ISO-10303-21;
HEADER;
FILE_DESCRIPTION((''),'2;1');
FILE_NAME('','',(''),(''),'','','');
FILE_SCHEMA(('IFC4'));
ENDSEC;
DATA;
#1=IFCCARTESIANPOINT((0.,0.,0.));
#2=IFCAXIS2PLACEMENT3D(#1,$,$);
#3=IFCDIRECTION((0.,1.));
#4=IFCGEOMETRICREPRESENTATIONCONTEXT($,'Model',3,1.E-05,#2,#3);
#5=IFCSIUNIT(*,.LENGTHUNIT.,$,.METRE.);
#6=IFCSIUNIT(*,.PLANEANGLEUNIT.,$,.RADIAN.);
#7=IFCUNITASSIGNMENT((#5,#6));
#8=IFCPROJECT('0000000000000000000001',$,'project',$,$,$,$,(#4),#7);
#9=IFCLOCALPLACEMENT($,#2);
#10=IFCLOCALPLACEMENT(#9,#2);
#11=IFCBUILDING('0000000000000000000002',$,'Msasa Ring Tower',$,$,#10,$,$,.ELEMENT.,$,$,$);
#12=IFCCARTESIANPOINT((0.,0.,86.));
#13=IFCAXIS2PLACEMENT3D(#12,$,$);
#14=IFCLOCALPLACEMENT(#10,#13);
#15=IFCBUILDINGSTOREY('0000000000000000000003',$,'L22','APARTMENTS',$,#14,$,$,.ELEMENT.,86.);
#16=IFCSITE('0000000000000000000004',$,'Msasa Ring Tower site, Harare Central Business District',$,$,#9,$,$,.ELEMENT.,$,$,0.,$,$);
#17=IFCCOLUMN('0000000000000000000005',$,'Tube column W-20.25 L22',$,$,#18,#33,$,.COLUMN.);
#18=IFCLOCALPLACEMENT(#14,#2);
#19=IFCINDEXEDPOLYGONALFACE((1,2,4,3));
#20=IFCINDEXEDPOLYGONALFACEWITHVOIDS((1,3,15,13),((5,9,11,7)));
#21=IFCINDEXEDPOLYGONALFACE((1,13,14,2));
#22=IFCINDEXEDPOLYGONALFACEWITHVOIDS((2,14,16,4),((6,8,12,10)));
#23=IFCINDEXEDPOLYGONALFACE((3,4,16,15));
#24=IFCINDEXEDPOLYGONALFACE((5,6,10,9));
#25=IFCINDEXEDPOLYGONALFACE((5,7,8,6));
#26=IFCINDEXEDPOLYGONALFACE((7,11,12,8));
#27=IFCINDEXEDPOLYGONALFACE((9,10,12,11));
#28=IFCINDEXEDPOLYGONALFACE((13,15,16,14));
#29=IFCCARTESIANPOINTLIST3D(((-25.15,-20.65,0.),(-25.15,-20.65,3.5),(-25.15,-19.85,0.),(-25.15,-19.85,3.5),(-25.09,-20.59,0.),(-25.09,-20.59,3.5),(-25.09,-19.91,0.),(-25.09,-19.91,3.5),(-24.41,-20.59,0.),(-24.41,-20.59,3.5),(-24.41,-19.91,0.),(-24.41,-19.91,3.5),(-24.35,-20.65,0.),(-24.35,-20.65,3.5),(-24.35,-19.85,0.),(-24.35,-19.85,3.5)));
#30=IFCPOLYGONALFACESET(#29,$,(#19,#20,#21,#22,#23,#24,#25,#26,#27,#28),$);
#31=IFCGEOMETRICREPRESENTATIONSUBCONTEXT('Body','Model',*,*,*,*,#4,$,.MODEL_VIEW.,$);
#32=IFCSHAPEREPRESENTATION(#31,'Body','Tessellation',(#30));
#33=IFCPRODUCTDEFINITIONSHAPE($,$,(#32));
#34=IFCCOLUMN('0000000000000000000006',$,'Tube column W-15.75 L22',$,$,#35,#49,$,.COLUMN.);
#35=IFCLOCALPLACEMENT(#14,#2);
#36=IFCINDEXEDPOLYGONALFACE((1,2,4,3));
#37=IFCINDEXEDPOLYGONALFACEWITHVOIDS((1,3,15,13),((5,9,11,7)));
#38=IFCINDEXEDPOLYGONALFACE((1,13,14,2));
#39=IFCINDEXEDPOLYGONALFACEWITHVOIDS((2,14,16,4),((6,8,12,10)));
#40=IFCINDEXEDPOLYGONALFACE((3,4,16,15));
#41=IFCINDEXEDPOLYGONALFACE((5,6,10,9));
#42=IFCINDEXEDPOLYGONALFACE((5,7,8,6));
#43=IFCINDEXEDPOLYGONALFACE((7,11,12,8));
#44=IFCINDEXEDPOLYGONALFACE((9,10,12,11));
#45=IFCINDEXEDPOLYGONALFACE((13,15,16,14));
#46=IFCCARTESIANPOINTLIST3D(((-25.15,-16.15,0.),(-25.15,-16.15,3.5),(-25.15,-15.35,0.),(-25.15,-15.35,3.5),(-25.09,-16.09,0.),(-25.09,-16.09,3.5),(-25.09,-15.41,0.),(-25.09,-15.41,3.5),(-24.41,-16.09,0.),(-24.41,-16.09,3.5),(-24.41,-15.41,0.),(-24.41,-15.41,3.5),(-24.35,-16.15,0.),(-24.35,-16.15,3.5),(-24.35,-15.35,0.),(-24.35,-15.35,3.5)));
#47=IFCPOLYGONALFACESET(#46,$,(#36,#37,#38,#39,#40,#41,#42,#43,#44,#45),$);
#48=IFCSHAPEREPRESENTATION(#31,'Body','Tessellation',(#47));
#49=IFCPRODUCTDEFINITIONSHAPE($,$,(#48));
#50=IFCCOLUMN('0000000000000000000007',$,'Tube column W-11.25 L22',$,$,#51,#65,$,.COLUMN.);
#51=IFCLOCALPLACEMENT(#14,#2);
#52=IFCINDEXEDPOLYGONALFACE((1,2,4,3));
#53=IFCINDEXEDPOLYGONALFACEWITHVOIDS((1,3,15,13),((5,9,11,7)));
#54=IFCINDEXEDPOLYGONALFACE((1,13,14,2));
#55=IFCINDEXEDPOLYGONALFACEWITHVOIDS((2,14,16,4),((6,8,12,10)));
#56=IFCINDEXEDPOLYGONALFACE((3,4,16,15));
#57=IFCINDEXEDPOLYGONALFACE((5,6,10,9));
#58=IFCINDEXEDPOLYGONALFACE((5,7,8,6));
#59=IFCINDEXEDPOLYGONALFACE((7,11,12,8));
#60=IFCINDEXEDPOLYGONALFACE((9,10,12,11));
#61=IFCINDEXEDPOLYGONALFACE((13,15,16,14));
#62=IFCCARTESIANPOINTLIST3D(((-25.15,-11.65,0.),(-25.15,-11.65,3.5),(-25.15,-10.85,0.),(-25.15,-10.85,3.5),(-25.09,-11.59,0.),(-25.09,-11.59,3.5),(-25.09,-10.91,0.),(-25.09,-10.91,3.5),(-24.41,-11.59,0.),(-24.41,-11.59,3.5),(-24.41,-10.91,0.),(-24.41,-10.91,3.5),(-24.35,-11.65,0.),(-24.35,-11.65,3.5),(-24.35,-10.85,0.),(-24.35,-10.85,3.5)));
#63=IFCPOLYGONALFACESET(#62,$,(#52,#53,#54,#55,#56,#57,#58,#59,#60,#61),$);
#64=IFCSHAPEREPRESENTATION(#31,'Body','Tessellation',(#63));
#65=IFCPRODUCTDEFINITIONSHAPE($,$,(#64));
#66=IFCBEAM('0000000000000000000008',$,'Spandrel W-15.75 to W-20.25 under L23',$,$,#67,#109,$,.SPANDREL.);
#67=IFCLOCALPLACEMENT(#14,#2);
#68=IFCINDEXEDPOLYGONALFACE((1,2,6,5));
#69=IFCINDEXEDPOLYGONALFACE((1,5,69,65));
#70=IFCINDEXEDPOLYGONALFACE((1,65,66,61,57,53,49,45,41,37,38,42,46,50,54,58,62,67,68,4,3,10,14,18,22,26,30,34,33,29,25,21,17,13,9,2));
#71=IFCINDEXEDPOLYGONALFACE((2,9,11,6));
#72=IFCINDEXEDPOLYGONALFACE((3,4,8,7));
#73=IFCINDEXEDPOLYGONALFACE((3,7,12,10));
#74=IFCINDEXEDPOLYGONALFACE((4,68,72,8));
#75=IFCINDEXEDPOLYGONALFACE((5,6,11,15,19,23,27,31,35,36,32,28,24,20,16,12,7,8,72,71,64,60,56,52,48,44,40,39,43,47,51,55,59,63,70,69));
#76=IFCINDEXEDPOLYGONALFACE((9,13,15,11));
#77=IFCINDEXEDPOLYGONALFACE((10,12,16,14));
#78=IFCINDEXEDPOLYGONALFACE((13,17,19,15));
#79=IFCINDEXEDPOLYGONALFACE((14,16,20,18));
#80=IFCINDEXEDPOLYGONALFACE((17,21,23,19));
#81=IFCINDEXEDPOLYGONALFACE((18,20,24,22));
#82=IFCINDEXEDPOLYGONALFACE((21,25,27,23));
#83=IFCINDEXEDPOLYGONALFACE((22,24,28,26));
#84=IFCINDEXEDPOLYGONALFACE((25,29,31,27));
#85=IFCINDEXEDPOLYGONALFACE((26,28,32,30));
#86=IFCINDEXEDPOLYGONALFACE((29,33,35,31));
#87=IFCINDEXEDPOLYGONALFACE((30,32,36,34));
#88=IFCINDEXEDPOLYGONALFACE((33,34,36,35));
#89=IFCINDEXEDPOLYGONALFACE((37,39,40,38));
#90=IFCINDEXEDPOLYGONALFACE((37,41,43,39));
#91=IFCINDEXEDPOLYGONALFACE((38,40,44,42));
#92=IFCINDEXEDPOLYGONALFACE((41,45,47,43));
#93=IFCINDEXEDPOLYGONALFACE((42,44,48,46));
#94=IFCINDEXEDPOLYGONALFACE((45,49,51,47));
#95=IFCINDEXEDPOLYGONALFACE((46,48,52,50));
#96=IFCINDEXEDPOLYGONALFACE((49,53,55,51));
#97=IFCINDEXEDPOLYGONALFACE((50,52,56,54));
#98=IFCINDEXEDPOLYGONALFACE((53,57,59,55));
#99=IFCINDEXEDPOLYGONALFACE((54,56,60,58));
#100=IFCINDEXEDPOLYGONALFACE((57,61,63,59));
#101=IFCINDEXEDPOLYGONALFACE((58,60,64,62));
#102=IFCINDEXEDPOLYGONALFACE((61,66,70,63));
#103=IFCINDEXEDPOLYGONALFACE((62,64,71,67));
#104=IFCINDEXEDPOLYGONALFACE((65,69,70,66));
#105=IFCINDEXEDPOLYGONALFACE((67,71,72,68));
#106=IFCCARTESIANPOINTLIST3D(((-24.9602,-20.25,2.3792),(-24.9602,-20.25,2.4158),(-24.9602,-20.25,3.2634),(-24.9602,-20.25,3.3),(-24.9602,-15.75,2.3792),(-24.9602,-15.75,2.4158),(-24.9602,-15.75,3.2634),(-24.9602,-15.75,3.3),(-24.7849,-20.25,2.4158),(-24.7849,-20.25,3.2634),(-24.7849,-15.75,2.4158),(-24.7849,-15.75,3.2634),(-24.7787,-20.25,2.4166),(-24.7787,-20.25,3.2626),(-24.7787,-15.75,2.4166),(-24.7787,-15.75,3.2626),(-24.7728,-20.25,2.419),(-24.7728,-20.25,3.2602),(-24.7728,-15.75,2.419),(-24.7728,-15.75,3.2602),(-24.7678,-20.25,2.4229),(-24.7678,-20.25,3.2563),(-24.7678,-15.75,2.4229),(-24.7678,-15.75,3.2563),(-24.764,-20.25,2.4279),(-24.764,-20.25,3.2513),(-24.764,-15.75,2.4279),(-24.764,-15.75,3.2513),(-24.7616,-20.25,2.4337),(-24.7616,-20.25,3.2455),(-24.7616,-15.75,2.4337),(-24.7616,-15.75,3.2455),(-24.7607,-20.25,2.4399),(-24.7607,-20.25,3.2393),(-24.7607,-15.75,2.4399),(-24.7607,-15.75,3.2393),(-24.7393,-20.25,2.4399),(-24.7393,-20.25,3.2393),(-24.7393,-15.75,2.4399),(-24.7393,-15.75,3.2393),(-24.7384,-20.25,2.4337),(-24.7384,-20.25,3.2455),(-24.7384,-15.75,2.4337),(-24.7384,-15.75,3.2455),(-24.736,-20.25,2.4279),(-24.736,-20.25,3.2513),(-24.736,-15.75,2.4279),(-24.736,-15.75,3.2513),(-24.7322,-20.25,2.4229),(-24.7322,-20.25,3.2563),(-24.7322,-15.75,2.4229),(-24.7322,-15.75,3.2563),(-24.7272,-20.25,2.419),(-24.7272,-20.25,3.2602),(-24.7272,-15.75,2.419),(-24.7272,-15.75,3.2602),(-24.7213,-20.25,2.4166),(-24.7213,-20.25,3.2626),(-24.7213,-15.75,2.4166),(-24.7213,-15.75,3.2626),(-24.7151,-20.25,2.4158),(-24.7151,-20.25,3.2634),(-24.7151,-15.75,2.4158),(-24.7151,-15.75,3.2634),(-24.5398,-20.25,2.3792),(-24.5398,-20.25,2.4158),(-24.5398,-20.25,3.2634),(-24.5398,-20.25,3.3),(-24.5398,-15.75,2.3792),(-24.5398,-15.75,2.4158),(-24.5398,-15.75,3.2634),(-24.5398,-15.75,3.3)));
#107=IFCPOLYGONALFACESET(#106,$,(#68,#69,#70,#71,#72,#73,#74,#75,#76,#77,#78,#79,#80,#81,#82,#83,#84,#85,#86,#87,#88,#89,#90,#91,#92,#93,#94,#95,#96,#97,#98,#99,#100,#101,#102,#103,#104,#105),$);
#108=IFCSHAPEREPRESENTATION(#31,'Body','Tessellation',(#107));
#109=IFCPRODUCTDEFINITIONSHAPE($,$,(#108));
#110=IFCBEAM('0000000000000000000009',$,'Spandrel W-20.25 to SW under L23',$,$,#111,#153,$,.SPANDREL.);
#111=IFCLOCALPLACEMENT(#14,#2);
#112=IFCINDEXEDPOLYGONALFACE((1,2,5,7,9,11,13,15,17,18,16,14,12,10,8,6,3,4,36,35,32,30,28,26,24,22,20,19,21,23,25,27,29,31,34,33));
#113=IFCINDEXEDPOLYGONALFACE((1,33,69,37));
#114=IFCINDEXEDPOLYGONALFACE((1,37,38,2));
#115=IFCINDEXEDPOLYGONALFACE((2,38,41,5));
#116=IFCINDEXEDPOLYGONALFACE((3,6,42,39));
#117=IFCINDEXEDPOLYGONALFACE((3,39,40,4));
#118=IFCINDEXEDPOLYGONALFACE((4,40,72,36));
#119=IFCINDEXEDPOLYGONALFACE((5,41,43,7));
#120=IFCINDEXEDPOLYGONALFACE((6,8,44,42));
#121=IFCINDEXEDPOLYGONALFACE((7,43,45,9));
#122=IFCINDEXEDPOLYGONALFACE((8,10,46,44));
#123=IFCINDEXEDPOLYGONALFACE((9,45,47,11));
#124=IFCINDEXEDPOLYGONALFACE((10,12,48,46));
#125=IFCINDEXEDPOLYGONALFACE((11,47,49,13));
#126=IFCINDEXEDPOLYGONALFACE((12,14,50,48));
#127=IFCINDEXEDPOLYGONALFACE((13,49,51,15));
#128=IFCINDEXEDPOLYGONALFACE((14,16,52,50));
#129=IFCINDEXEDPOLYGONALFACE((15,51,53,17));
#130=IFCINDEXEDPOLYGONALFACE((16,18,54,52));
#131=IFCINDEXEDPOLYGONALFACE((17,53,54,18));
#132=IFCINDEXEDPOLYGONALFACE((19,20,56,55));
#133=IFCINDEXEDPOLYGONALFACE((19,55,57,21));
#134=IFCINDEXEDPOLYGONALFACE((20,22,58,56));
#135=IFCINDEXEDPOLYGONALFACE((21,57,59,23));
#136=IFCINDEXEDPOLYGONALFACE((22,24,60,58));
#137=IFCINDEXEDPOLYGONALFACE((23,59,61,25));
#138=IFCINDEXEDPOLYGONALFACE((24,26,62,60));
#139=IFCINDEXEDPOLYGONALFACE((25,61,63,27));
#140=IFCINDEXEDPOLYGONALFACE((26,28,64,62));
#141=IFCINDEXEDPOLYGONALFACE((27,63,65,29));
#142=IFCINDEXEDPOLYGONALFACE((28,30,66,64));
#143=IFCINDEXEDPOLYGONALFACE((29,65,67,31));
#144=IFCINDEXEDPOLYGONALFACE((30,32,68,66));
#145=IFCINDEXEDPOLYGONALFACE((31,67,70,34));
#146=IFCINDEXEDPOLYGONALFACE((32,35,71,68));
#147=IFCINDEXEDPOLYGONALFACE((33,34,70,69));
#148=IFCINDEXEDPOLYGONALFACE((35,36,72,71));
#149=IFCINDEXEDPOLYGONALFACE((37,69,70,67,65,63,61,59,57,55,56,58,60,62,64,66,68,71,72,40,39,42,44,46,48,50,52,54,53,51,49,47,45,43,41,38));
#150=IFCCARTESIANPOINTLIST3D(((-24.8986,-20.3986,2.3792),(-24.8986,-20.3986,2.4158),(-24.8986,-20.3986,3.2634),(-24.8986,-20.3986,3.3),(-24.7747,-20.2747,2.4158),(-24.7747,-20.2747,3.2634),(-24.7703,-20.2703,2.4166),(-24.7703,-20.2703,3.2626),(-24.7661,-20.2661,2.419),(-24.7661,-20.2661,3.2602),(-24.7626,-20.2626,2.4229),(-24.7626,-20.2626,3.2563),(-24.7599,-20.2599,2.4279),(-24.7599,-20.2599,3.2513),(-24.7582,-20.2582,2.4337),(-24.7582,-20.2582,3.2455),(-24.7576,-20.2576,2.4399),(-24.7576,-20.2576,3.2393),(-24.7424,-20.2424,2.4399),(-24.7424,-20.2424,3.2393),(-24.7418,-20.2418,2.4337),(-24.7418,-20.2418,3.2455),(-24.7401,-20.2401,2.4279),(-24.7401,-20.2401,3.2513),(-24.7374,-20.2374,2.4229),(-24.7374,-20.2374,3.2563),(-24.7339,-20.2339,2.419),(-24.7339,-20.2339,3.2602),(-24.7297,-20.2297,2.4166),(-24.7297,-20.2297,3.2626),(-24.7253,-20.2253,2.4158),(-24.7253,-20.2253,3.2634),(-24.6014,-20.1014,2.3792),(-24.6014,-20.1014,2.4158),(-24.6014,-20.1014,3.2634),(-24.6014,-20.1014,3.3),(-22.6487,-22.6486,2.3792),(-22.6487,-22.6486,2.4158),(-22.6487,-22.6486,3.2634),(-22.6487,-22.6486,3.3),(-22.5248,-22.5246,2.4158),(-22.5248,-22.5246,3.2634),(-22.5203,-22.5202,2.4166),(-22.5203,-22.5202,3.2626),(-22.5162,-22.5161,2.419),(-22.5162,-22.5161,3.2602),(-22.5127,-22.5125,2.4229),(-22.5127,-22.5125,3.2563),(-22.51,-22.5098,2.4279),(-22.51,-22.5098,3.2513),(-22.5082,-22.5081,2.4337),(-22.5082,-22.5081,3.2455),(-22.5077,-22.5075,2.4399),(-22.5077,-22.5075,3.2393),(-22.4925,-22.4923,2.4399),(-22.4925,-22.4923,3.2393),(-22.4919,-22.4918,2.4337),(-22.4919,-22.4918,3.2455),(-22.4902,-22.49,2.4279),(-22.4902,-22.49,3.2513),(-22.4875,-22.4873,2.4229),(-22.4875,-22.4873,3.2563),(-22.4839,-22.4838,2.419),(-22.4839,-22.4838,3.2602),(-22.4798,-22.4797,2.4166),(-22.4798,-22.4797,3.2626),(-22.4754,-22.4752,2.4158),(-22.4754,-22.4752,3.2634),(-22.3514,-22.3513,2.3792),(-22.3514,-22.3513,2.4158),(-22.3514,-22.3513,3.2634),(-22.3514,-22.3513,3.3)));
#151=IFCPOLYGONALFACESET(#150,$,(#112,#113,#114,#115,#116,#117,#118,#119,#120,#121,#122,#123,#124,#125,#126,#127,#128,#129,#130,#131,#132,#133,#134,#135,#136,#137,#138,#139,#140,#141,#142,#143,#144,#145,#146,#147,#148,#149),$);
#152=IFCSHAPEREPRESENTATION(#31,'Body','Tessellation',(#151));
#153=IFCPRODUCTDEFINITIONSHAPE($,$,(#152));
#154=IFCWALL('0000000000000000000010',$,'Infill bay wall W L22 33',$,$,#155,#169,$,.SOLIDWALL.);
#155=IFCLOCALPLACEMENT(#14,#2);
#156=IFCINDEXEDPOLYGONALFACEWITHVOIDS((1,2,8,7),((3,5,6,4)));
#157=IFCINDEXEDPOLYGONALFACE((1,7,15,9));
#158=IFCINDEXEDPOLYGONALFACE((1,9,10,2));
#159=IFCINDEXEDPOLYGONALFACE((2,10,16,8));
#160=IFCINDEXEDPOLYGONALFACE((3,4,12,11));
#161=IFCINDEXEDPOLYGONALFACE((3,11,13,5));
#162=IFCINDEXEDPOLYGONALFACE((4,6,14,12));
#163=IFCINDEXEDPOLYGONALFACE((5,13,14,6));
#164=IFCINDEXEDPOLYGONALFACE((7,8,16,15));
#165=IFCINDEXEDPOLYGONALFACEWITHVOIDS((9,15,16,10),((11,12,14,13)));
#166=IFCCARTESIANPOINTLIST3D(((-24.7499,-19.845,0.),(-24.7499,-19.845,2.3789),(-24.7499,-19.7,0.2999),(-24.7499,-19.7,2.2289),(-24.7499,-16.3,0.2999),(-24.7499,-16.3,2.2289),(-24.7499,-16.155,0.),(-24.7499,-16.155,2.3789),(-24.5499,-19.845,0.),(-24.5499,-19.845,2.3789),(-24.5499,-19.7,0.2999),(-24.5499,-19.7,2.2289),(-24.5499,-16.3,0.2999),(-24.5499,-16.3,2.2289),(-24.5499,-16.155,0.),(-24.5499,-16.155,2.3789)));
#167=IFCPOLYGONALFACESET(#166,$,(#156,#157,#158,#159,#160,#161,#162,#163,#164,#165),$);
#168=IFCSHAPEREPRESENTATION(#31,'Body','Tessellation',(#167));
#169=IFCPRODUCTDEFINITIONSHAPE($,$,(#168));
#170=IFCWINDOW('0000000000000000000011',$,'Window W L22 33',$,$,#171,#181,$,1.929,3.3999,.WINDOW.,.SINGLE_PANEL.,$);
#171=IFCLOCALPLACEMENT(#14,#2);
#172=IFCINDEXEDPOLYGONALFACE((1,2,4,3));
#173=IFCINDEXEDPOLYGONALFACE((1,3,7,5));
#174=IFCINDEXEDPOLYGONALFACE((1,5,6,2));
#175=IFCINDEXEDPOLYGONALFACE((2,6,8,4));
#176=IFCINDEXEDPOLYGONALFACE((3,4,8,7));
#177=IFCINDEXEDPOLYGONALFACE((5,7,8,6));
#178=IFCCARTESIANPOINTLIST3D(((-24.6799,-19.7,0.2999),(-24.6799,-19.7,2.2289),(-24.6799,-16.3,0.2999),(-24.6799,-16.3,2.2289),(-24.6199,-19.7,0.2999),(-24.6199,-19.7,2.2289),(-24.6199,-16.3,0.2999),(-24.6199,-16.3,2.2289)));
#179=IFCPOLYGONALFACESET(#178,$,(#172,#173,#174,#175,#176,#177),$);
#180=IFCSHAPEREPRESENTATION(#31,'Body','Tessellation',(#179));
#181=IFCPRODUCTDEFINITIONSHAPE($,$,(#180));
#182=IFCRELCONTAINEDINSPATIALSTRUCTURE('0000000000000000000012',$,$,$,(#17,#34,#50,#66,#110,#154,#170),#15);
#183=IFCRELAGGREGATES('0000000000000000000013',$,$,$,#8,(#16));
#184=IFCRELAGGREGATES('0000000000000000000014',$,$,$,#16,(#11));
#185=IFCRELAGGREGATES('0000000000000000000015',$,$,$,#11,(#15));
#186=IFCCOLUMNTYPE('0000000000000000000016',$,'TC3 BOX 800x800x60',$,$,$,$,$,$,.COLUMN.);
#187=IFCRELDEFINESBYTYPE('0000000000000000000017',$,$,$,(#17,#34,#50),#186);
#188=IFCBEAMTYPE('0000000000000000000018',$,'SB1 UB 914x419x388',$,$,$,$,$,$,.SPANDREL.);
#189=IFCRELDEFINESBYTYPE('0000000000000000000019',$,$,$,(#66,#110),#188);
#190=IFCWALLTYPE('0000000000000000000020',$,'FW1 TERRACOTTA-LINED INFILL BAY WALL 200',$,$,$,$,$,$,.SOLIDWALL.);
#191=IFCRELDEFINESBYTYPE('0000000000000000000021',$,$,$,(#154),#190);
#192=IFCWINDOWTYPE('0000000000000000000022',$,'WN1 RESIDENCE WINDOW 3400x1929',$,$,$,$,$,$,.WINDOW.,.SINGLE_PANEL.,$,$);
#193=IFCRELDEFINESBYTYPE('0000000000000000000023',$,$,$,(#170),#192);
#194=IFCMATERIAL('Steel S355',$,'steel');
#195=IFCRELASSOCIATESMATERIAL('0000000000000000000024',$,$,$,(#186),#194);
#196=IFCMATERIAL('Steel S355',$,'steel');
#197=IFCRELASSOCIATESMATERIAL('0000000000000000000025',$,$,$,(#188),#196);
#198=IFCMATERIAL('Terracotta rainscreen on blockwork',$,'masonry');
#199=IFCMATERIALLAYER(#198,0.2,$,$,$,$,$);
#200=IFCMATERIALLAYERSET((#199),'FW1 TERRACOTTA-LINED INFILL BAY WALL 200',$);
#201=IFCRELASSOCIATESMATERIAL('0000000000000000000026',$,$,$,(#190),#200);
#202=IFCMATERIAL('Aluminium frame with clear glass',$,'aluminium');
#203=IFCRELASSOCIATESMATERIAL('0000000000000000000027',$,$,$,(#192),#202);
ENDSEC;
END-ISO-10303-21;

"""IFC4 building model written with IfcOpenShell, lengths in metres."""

from ifc_helpers import new_model, si_unit, direction, frame, frame_2d, origin, origin_2d, place, context, subcontext, project, spatial, rectangle, hollow_rectangle, i_section, extrude, material, layer, layer_set, material_profile, profile_set, type_object, element, fill, save


model = new_model("IFC4")

# Units and contexts
model_context = context("Model", 3, precision=1e-05, world=origin(), true_north=direction((0.0, 1.0)))
body_context = subcontext(model_context, "Body", "Model", "MODEL_VIEW")
ifc_project = project(units=[si_unit("LENGTHUNIT", "METRE"), si_unit("PLANEANGLEUNIT", "RADIAN")], contexts=[model_context])

# Site, building, storey
site_placement = place(None, origin())
site = spatial("IfcSite", under=ifc_project, at=site_placement, Name="Msasa Ring Tower site, Harare Central Business District", CompositionType="ELEMENT", RefElevation=0.0)
building_placement = place(site_placement, origin())
building = spatial("IfcBuilding", under=site, at=building_placement, Name="Msasa Ring Tower", CompositionType="ELEMENT")
storey_placement = place(building_placement, frame((0.0, 0.0, 86.0)))
storey = spatial("IfcBuildingStorey", under=building, at=storey_placement, Name="L22", Description="APARTMENTS", CompositionType="ELEMENT", Elevation=86.0)

# Columns
ifc_material_1 = material(Name="Steel S355", Category="steel")
ifc_material_profile_1 = material_profile(ifc_material_1, hollow_rectangle(XDim=0.8, YDim=0.8, WallThickness=0.0601, at=origin_2d()), Name="BOX 800x800x60")
ifc_profile_set_1 = profile_set([ifc_material_profile_1], Name="Steel S355")
column_type = type_object("IfcColumnType", Name="TC3 BOX 800x800x60", PredefinedType="COLUMN", material=ifc_profile_set_1)
for number, where, z_axis, x_axis, name in (
    (1, (-24.75, -20.25, 0.0), (0.0, 0.0, 1.0), (1.0, 0.0, 0.0), "Tube column W-20.25 L22"),
    (2, (-24.75, -15.75, 0.0), (0.0, 0.0, 1.0), (1.0, 0.0, 0.0), "Tube column W-15.75 L22"),
    (3, (-24.75, -11.25, 0.0), (0.0, 0.0, 1.0), (1.0, 0.0, 0.0), "Tube column W-11.25 L22"),
):
    element("IfcColumn", number, at=place(storey_placement, frame(where, z_axis=z_axis, x_axis=x_axis)), inside=storey, type_object=column_type, Name=name, PredefinedType="COLUMN", context=body_context, shape_type="SweptSolid", body=[
        extrude(hollow_rectangle(XDim=0.8, YDim=0.8, WallThickness=0.0601, at=origin_2d()), origin(), (0.0, 0.0, 1.0), 3.5),
    ])

# Beams
ifc_material_2 = material(Name="Steel S355", Category="steel")
ifc_material_profile_2 = material_profile(ifc_material_2, i_section(OverallWidth=0.4204, OverallDepth=0.9209, WebThickness=0.0215, FlangeThickness=0.0366, FilletRadius=0.0242, at=origin_2d()), Name="UB 914x419x388")
ifc_profile_set_2 = profile_set([ifc_material_profile_2], Name="Steel S355")
beam_type = type_object("IfcBeamType", Name="SB1 UB 914x419x388", PredefinedType="SPANDREL", material=ifc_profile_set_2)
beam_1_placement = place(storey_placement, frame((-24.75, -15.75, 2.8396), z_axis=(0.0, -1.0, 0.0), x_axis=(1.0, 0.0, 0.0)))
element("IfcBeam", 4, at=beam_1_placement, inside=storey, type_object=beam_type, Name="Spandrel W-15.75 to W-20.25 under L23", PredefinedType="SPANDREL", context=body_context, shape_type="SweptSolid", body=[
    extrude(i_section(OverallWidth=0.4204, OverallDepth=0.9209, WebThickness=0.0215, FlangeThickness=0.0366, FilletRadius=0.0242, at=origin_2d()), origin(), (0.0, 0.0, 1.0), 4.5),
])
beam_2_placement = place(storey_placement, frame((-24.75, -20.25, 2.8396), z_axis=(0.707107, -0.707107, 0.0), x_axis=(0.707107, 0.707107, 0.0)))
element("IfcBeam", 5, at=beam_2_placement, inside=storey, type_object=beam_type, Name="Spandrel W-20.25 to SW under L23", PredefinedType="SPANDREL", context=body_context, shape_type="SweptSolid", body=[
    extrude(i_section(OverallWidth=0.4204, OverallDepth=0.9209, WebThickness=0.0215, FlangeThickness=0.0366, FilletRadius=0.0242, at=origin_2d()), origin(), (0.0, 0.0, 1.0), 3.1819),
])

# Wall, opening, window
ifc_material_3 = material(Name="Terracotta rainscreen on blockwork", Category="masonry")
ifc_layer_1 = layer(ifc_material_3, 0.2)
ifc_layer_set_1 = layer_set([ifc_layer_1], Name="FW1 TERRACOTTA-LINED INFILL BAY WALL 200")
wall_type_1 = type_object("IfcWallType", Name="FW1 TERRACOTTA-LINED INFILL BAY WALL 200", PredefinedType="SOLIDWALL", material=ifc_layer_set_1)
wall_1_placement = place(storey_placement, frame((-24.6499, -19.845, 0.0), z_axis=(0.0, 0.0, 1.0), x_axis=(0.0, 1.0, 0.0)))
wall_1 = element("IfcWall", 6, at=wall_1_placement, inside=storey, type_object=wall_type_1, Name="Infill bay wall W L22 33", PredefinedType="SOLIDWALL", context=body_context, shape_type="SweptSolid", body=[
    extrude(rectangle(XDim=3.6899, YDim=0.2, at=frame_2d((1.845, 0.0))), origin(), (0.0, 0.0, 1.0), 2.3789),
])
opening_1_placement = place(wall_1_placement, frame((0.145, 0.0, 0.3)))
opening_1 = element("IfcOpeningElement", 7, at=opening_1_placement, cuts=wall_1, PredefinedType="OPENING", context=body_context, shape_type="SweptSolid", body=[
    extrude(rectangle(XDim=3.3999, YDim=1.929, at=frame_2d((1.7, 0.9644))), frame((0.0, 0.1099, 0.0), z_axis=(0.0, -1.0, 0.0), x_axis=(1.0, 0.0, 0.0)), (0.0, 0.0, 1.0), 0.22),
])
ifc_material_4 = material(Name="Aluminium frame with clear glass", Category="aluminium")
window_type = type_object("IfcWindowType", Name="WN1 RESIDENCE WINDOW 3400x1929", PartitioningType="SINGLE_PANEL", PredefinedType="WINDOW", material=ifc_material_4)
window_1_placement = place(opening_1_placement, origin())
window_1 = element("IfcWindow", 8, at=window_1_placement, inside=storey, type_object=window_type, Name="Window W L22 33", OverallHeight=1.929, OverallWidth=3.3999, PartitioningType="SINGLE_PANEL", PredefinedType="WINDOW", context=body_context, shape_type="SweptSolid", body=[
    extrude(rectangle(XDim=3.3999, YDim=1.929, at=frame_2d((1.7, 0.9644))), frame((0.0, 0.03, 0.0), z_axis=(0.0, -1.0, 0.0), x_axis=(1.0, 0.0, 0.0)), (0.0, 0.0, 1.0), 0.0601),
])
fill(opening_1, window_1)

save(model, "model.ifc")
